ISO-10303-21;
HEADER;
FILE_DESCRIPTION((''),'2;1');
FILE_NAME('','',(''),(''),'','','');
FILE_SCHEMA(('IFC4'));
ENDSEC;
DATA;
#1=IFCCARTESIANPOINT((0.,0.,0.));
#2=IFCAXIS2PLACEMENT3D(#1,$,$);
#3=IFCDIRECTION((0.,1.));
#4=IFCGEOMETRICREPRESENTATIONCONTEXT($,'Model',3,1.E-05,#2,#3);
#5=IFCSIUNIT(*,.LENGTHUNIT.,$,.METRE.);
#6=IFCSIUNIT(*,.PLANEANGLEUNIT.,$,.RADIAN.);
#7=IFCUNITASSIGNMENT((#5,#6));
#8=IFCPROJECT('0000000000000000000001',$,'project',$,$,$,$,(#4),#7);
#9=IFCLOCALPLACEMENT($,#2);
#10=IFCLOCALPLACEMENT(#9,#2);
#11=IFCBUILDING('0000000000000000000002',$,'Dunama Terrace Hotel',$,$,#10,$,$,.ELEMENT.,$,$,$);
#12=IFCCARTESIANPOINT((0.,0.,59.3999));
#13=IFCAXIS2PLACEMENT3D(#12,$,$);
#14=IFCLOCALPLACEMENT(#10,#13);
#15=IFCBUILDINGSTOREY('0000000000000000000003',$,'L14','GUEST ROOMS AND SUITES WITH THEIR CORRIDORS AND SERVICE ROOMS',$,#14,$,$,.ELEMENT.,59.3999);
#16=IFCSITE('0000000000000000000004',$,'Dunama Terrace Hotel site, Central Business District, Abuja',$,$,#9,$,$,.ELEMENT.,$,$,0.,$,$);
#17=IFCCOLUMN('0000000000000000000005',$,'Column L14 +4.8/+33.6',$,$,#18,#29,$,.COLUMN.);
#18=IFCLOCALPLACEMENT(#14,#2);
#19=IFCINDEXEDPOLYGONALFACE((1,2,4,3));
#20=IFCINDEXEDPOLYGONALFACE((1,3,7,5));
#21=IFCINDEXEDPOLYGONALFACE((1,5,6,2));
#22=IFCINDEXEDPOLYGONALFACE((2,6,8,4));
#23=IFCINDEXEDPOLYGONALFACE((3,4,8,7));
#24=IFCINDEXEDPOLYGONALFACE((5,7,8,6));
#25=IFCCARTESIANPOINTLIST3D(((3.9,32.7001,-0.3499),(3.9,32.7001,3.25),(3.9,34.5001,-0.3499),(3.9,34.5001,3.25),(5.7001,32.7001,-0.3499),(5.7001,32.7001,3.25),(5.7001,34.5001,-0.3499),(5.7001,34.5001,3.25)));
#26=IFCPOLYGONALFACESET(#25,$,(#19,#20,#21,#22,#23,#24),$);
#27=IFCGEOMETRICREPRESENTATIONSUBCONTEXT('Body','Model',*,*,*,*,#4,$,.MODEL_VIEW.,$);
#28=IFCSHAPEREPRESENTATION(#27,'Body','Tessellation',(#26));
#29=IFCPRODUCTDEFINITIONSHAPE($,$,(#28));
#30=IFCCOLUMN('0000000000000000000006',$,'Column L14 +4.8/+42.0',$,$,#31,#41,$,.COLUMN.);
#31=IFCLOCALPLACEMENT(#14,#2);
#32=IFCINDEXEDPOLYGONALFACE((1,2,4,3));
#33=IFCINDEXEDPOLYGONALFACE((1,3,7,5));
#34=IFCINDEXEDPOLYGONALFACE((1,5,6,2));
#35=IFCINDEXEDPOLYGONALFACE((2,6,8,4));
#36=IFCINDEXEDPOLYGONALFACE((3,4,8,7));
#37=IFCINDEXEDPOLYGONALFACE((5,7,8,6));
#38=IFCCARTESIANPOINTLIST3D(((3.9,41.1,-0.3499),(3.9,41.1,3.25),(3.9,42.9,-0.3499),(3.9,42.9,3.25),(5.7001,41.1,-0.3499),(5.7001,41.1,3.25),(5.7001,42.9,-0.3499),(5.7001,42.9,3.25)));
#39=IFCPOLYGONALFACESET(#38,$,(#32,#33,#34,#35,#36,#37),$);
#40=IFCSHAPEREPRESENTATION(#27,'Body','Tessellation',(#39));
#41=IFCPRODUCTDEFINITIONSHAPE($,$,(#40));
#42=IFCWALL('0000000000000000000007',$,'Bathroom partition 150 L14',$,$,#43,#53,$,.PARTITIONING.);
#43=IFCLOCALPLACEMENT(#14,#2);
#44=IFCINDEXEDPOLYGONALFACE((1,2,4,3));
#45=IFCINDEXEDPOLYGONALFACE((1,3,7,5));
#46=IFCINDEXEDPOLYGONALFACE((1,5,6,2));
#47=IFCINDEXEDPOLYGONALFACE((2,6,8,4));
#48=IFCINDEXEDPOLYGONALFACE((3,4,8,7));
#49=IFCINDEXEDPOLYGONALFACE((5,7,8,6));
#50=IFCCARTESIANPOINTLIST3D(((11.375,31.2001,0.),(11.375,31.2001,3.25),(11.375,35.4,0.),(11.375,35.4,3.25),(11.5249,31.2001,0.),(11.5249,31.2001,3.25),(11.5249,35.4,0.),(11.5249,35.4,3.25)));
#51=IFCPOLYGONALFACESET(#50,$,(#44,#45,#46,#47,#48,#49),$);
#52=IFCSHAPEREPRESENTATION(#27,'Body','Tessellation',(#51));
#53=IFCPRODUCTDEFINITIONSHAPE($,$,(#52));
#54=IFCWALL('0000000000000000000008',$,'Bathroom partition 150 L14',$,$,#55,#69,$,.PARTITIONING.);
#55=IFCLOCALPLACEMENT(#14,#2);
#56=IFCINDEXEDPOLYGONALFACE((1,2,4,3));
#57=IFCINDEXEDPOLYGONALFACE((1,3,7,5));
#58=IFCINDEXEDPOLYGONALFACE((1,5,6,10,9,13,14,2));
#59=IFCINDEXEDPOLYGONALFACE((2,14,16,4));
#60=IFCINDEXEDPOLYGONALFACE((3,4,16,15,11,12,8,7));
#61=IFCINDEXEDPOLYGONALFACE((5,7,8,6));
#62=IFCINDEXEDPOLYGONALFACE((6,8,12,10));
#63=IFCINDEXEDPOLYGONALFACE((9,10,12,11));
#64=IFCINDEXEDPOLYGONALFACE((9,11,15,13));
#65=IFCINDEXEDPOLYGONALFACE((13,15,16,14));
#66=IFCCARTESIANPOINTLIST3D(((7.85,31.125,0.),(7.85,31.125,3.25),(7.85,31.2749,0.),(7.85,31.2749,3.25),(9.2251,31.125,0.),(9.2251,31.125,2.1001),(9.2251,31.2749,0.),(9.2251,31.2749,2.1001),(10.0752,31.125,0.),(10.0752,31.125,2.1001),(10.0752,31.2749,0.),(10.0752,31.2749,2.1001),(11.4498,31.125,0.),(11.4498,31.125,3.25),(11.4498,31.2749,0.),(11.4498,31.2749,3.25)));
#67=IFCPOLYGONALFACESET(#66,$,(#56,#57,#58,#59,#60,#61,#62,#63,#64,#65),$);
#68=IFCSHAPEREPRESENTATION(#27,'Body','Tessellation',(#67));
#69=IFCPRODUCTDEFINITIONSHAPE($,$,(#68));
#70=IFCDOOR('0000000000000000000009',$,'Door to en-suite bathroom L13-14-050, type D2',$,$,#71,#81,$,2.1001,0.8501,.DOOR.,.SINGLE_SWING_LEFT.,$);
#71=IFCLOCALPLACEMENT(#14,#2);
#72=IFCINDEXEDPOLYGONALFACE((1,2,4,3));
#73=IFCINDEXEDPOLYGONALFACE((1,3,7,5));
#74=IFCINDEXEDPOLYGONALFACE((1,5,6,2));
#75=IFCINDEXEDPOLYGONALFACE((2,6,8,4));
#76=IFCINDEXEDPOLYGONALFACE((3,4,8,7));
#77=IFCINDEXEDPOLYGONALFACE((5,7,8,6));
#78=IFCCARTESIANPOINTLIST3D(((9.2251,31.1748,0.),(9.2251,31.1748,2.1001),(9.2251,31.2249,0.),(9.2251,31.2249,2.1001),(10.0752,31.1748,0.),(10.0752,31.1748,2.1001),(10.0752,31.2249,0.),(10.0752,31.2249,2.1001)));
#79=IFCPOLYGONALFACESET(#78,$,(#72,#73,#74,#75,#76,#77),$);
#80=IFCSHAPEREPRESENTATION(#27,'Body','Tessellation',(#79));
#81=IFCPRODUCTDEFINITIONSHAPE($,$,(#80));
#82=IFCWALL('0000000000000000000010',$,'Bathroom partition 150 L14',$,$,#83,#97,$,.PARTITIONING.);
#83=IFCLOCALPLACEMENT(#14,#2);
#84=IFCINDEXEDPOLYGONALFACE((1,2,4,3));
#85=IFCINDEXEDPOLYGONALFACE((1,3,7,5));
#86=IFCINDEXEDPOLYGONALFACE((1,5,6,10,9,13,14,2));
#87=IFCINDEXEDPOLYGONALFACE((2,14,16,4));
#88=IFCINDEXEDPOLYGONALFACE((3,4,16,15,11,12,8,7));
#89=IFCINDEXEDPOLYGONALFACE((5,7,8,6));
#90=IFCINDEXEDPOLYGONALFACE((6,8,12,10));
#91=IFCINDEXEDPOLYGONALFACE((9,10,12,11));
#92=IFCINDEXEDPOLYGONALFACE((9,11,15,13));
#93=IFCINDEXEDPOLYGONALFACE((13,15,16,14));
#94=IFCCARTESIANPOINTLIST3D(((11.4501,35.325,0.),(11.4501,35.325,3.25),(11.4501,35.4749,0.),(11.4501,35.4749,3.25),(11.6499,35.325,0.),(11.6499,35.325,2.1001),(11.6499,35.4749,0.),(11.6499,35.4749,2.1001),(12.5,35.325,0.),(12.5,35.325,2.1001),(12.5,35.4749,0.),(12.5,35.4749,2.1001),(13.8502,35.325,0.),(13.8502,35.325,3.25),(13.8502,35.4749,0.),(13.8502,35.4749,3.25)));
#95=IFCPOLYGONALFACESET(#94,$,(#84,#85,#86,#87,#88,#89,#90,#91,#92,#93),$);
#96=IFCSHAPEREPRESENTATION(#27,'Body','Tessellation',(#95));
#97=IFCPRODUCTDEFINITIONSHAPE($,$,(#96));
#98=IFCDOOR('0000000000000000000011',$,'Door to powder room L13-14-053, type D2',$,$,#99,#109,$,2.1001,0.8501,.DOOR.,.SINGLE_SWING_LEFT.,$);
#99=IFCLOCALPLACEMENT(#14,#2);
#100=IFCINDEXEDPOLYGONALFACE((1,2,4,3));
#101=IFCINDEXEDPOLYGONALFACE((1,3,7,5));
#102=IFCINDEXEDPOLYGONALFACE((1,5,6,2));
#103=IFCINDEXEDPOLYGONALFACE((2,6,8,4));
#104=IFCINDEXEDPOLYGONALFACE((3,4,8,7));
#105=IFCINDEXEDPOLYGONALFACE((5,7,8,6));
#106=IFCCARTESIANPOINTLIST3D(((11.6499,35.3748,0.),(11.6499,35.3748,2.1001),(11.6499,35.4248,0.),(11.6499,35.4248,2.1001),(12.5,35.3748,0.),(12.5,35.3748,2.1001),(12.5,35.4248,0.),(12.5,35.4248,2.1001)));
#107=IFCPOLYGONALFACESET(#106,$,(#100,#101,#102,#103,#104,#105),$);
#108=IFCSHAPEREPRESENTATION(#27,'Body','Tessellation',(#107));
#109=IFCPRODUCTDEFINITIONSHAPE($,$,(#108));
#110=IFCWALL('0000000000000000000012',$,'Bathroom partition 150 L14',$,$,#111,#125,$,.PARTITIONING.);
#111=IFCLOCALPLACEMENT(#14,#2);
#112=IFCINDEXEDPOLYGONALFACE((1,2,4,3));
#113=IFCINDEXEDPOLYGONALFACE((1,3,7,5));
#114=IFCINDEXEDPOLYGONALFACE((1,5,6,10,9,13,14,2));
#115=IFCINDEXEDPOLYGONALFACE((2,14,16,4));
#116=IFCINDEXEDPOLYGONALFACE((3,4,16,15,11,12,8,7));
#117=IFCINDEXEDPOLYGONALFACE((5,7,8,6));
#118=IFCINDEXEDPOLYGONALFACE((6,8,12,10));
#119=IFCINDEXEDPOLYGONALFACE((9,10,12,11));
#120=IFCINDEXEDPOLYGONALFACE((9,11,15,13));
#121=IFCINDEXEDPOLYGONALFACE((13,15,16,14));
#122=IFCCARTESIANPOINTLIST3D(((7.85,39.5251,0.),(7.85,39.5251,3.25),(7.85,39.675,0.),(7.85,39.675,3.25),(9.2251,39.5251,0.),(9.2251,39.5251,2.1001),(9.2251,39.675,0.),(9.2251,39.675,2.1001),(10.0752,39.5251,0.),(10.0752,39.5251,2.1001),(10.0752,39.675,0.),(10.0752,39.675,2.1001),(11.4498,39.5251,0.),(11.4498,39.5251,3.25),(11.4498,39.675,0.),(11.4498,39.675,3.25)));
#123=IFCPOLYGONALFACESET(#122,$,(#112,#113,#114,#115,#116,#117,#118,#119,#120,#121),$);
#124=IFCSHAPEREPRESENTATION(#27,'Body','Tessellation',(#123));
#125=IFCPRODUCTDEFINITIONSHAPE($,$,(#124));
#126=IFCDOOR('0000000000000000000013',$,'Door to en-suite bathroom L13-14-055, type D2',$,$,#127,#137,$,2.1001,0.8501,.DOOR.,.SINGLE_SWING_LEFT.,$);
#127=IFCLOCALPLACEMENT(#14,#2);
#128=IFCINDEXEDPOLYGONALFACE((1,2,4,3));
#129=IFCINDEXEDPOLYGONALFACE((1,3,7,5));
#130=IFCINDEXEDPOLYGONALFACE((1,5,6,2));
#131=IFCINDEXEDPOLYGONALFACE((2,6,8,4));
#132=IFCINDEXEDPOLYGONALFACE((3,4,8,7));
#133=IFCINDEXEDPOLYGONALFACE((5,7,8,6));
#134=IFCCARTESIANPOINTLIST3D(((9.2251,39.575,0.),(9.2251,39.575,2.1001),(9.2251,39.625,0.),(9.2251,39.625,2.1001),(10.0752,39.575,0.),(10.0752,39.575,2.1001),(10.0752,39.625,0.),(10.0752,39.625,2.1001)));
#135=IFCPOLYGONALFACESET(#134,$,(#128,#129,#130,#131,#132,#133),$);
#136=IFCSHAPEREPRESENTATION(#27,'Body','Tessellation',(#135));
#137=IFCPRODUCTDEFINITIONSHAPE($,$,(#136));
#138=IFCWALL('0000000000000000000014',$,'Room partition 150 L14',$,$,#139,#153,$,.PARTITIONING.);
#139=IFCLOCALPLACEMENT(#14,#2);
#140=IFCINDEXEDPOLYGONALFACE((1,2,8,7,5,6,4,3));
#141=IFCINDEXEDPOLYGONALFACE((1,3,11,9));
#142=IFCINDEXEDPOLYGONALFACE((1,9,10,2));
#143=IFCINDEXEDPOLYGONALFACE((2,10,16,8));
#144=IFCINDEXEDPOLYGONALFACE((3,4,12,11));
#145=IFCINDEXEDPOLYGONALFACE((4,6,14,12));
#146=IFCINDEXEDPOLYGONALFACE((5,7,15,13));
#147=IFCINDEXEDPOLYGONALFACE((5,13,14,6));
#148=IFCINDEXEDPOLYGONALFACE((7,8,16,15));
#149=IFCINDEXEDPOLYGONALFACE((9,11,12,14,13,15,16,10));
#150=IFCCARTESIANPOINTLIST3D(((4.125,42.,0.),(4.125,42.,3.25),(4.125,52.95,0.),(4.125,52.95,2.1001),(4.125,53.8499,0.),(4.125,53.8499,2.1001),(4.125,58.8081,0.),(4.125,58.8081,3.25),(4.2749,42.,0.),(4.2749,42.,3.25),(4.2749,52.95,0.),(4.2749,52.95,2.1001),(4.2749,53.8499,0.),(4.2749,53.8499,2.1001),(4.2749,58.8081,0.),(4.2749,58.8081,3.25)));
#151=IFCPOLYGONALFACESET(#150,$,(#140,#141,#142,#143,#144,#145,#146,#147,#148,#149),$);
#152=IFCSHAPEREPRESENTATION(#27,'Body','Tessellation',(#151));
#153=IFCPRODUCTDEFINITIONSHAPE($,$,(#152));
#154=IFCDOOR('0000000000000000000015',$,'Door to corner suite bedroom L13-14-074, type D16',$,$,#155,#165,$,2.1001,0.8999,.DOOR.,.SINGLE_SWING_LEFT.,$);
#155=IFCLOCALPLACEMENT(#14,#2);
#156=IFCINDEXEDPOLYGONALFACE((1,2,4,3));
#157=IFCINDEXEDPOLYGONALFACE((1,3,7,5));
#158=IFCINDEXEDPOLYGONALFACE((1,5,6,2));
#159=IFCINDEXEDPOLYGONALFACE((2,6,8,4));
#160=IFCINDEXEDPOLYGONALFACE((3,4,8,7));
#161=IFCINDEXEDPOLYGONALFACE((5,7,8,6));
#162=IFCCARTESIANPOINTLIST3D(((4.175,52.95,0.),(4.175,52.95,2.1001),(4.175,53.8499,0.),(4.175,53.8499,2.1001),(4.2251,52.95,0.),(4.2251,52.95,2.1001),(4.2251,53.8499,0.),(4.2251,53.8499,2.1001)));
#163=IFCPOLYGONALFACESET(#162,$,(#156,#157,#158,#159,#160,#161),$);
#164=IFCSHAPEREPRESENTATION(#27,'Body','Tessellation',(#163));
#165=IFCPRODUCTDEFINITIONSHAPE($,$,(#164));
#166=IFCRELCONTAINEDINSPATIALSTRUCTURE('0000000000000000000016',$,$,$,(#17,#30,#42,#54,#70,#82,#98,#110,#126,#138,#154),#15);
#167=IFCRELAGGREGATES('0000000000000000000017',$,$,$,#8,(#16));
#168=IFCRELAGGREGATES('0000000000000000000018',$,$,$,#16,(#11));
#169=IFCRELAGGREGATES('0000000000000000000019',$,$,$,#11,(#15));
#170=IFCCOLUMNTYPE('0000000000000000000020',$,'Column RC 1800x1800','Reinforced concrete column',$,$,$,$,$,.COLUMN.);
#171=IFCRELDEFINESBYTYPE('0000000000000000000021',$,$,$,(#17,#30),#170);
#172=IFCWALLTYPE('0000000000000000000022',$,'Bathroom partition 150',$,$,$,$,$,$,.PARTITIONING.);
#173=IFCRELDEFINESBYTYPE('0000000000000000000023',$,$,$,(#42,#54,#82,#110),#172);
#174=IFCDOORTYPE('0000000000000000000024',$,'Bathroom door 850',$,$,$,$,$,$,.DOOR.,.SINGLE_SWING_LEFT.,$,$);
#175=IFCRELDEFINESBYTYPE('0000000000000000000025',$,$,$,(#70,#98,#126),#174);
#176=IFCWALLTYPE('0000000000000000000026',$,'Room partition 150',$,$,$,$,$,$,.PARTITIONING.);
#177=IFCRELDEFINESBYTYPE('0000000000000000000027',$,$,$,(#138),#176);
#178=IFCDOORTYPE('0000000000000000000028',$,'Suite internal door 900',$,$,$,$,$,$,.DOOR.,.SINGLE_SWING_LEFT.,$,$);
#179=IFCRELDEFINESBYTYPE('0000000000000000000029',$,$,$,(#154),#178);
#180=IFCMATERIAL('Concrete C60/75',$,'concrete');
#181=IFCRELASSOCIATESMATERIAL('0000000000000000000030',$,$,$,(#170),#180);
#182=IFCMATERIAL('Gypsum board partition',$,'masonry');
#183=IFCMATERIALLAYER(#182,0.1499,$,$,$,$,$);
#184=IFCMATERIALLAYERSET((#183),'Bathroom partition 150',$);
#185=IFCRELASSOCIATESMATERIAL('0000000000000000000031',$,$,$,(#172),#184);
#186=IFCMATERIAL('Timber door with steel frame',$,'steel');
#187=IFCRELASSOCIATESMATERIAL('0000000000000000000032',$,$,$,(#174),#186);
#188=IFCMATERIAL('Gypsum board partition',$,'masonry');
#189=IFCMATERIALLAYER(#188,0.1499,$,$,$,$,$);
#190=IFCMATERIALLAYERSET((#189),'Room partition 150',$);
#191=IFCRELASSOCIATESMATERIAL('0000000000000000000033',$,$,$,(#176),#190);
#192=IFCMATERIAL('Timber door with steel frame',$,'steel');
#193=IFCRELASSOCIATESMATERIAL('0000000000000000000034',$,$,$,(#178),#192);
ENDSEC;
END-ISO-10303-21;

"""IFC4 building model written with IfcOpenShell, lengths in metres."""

from ifc_helpers import new_model, si_unit, direction, frame, frame_2d, origin, origin_2d, place, context, subcontext, project, spatial, rectangle, extrude, material, layer, layer_set, material_profile, profile_set, type_object, element, fill, save


model = new_model("IFC4")

# Units and contexts
model_context = context("Model", 3, precision=1e-05, world=origin(), true_north=direction((0.0, 1.0)))
body_context = subcontext(model_context, "Body", "Model", "MODEL_VIEW")
ifc_project = project(units=[si_unit("LENGTHUNIT", "METRE"), si_unit("PLANEANGLEUNIT", "RADIAN")], contexts=[model_context])

# Site, building, storey
site_placement = place(None, origin())
site = spatial("IfcSite", under=ifc_project, at=site_placement, Name="Dunama Terrace Hotel site, Central Business District, Abuja", CompositionType="ELEMENT", RefElevation=0.0)
building_placement = place(site_placement, origin())
building = spatial("IfcBuilding", under=site, at=building_placement, Name="Dunama Terrace Hotel", CompositionType="ELEMENT")
storey_placement = place(building_placement, frame((0.0, 0.0, 59.3999)))
storey = spatial("IfcBuildingStorey", under=building, at=storey_placement, Name="L14", Description="GUEST ROOMS AND SUITES WITH THEIR CORRIDORS AND SERVICE ROOMS", CompositionType="ELEMENT", Elevation=59.3999)

# Columns
ifc_material_1 = material(Name="Concrete C60/75", Category="concrete")
ifc_material_profile = material_profile(ifc_material_1, rectangle(XDim=1.8, YDim=1.8, at=origin_2d()), Name="RC 1800x1800")
ifc_profile_set = profile_set([ifc_material_profile], Name="Concrete C60/75")
column_type = type_object("IfcColumnType", Name="Column RC 1800x1800", Description="Reinforced concrete column", PredefinedType="COLUMN", material=ifc_profile_set)
for number, where, z_axis, x_axis, name in (
    (1, (4.8, 33.6001, -0.3499), (0.0, 0.0, 1.0), (1.0, 0.0, 0.0), "Column L14 +4.8/+33.6"),
    (2, (4.8, 42.0, -0.3499), (0.0, 0.0, 1.0), (1.0, 0.0, 0.0), "Column L14 +4.8/+42.0"),
):
    element("IfcColumn", number, at=place(storey_placement, frame(where, z_axis=z_axis, x_axis=x_axis)), inside=storey, type_object=column_type, Name=name, PredefinedType="COLUMN", context=body_context, shape_type="SweptSolid", body=[
        extrude(rectangle(XDim=1.8, YDim=1.8, at=origin_2d()), origin(), (0.0, 0.0, 1.0), 3.5999),
    ])

# Wall
ifc_material_2 = material(Name="Gypsum board partition", Category="masonry")
ifc_layer_1 = layer(ifc_material_2, 0.1499)
ifc_layer_set_1 = layer_set([ifc_layer_1], Name="Bathroom partition 150")
wall_type_1 = type_object("IfcWallType", Name="Bathroom partition 150", PredefinedType="PARTITIONING", material=ifc_layer_set_1)
wall_1_placement = place(storey_placement, frame((11.45, 31.2, 0.0), z_axis=(0.0, 0.0, 1.0), x_axis=(0.0, 1.0, 0.0)))
element("IfcWall", 3, at=wall_1_placement, inside=storey, type_object=wall_type_1, Name="Bathroom partition 150 L14", PredefinedType="PARTITIONING", context=body_context, shape_type="SweptSolid", body=[
    extrude(rectangle(XDim=4.2, YDim=0.1499, at=frame_2d((2.1001, 0.0))), origin(), (0.0, 0.0, 1.0), 3.25),
])

# Walls, openings, doors
wall_2_placement = place(storey_placement, frame((7.8501, 31.2, 0.0), z_axis=(0.0, 0.0, 1.0), x_axis=(1.0, 0.0, 0.0)))
wall_2 = element("IfcWall", 4, at=wall_2_placement, inside=storey, type_object=wall_type_1, Name="Bathroom partition 150 L14", PredefinedType="PARTITIONING", context=body_context, shape_type="SweptSolid", body=[
    extrude(rectangle(XDim=3.5999, YDim=0.1499, at=frame_2d((1.7998, 0.0))), origin(), (0.0, 0.0, 1.0), 3.25),
])
opening_1_placement = place(wall_2_placement, frame((1.375, 0.0, 0.0)))
opening_1 = element("IfcOpeningElement", 5, at=opening_1_placement, cuts=wall_2, PredefinedType="OPENING", context=body_context, shape_type="SweptSolid", body=[
    extrude(rectangle(XDim=0.8501, YDim=2.1001, at=frame_2d((0.425, 1.05))), frame((0.0, 0.085, 0.0), z_axis=(0.0, -1.0, 0.0), x_axis=(1.0, 0.0, 0.0)), (0.0, 0.0, 1.0), 0.1699),
])
ifc_material_3 = material(Name="Timber door with steel frame", Category="steel")
door_type_1 = type_object("IfcDoorType", Name="Bathroom door 850", OperationType="SINGLE_SWING_LEFT", PredefinedType="DOOR", material=ifc_material_3)
door_1_placement = place(opening_1_placement, origin())
door_1 = element("IfcDoor", 6, at=door_1_placement, inside=storey, type_object=door_type_1, Name="Door to en-suite bathroom L13-14-050, type D2", OperationType="SINGLE_SWING_LEFT", OverallHeight=2.1001, OverallWidth=0.8501, PredefinedType="DOOR", context=body_context, shape_type="SweptSolid", body=[
    extrude(rectangle(XDim=0.8501, YDim=2.1001, at=frame_2d((0.425, 1.05))), frame((0.0, 0.0249, 0.0), z_axis=(0.0, -1.0, 0.0), x_axis=(1.0, 0.0, 0.0)), (0.0, 0.0, 1.0), 0.05),
])
fill(opening_1, door_1)
wall_3_placement = place(storey_placement, frame((11.45, 35.3999, 0.0), z_axis=(0.0, 0.0, 1.0), x_axis=(1.0, 0.0, 0.0)))
wall_3 = element("IfcWall", 7, at=wall_3_placement, inside=storey, type_object=wall_type_1, Name="Bathroom partition 150 L14", PredefinedType="PARTITIONING", context=body_context, shape_type="SweptSolid", body=[
    extrude(rectangle(XDim=2.4001, YDim=0.1499, at=frame_2d((1.2002, 0.0))), origin(), (0.0, 0.0, 1.0), 3.25),
])
opening_2_placement = place(wall_3_placement, frame((0.2, 0.0, 0.0)))
opening_2 = element("IfcOpeningElement", 8, at=opening_2_placement, cuts=wall_3, PredefinedType="OPENING", context=body_context, shape_type="SweptSolid", body=[
    extrude(rectangle(XDim=0.8501, YDim=2.1001, at=frame_2d((0.425, 1.05))), frame((0.0, 0.085, 0.0), z_axis=(0.0, -1.0, 0.0), x_axis=(1.0, 0.0, 0.0)), (0.0, 0.0, 1.0), 0.1699),
])
door_2_placement = place(opening_2_placement, frame((0.8501, 0.0, 0.0), z_axis=(0.0, 0.0, 1.0), x_axis=(-1.0, 0.0, 0.0)))
door_2 = element("IfcDoor", 9, at=door_2_placement, inside=storey, type_object=door_type_1, Name="Door to powder room L13-14-053, type D2", OperationType="SINGLE_SWING_LEFT", OverallHeight=2.1001, OverallWidth=0.8501, PredefinedType="DOOR", context=body_context, shape_type="SweptSolid", body=[
    extrude(rectangle(XDim=0.8501, YDim=2.1001, at=frame_2d((0.425, 1.05))), frame((0.0, 0.0251, 0.0), z_axis=(0.0, -1.0, 0.0), x_axis=(1.0, 0.0, 0.0)), (0.0, 0.0, 1.0), 0.05),
])
fill(opening_2, door_2)
wall_4_placement = place(storey_placement, frame((7.8501, 39.6001, 0.0), z_axis=(0.0, 0.0, 1.0), x_axis=(1.0, 0.0, 0.0)))
wall_4 = element("IfcWall", 10, at=wall_4_placement, inside=storey, type_object=wall_type_1, Name="Bathroom partition 150 L14", PredefinedType="PARTITIONING", context=body_context, shape_type="SweptSolid", body=[
    extrude(rectangle(XDim=3.5999, YDim=0.1499, at=frame_2d((1.7998, 0.0))), origin(), (0.0, 0.0, 1.0), 3.25),
])
opening_3_placement = place(wall_4_placement, frame((1.375, 0.0, 0.0)))
opening_3 = element("IfcOpeningElement", 11, at=opening_3_placement, cuts=wall_4, PredefinedType="OPENING", context=body_context, shape_type="SweptSolid", body=[
    extrude(rectangle(XDim=0.8501, YDim=2.1001, at=frame_2d((0.425, 1.05))), frame((0.0, 0.085, 0.0), z_axis=(0.0, -1.0, 0.0), x_axis=(1.0, 0.0, 0.0)), (0.0, 0.0, 1.0), 0.1699),
])
door_3_placement = place(opening_3_placement, origin())
door_3 = element("IfcDoor", 12, at=door_3_placement, inside=storey, type_object=door_type_1, Name="Door to en-suite bathroom L13-14-055, type D2", OperationType="SINGLE_SWING_LEFT", OverallHeight=2.1001, OverallWidth=0.8501, PredefinedType="DOOR", context=body_context, shape_type="SweptSolid", body=[
    extrude(rectangle(XDim=0.8501, YDim=2.1001, at=frame_2d((0.425, 1.05))), frame((0.0, 0.0249, 0.0), z_axis=(0.0, -1.0, 0.0), x_axis=(1.0, 0.0, 0.0)), (0.0, 0.0, 1.0), 0.05),
])
fill(opening_3, door_3)
ifc_material_4 = material(Name="Gypsum board partition", Category="masonry")
ifc_layer_2 = layer(ifc_material_4, 0.1499)
ifc_layer_set_2 = layer_set([ifc_layer_2], Name="Room partition 150")
wall_type_2 = type_object("IfcWallType", Name="Room partition 150", PredefinedType="PARTITIONING", material=ifc_layer_set_2)
wall_5_placement = place(storey_placement, frame((4.2, 42.0, 0.0), z_axis=(0.0, 0.0, 1.0), x_axis=(0.0, 1.0, 0.0)))
wall_5 = element("IfcWall", 13, at=wall_5_placement, inside=storey, type_object=wall_type_2, Name="Room partition 150 L14", PredefinedType="PARTITIONING", context=body_context, shape_type="SweptSolid", body=[
    extrude(rectangle(XDim=16.8081, YDim=0.1499, at=frame_2d((8.4041, 0.0))), origin(), (0.0, 0.0, 1.0), 3.25),
])
opening_4_placement = place(wall_5_placement, frame((10.95, 0.0, 0.0)))
opening_4 = element("IfcOpeningElement", 14, at=opening_4_placement, cuts=wall_5, PredefinedType="OPENING", context=body_context, shape_type="SweptSolid", body=[
    extrude(rectangle(XDim=0.8999, YDim=2.1001, at=frame_2d((0.45, 1.05))), frame((0.0, 0.085, 0.0), z_axis=(0.0, -1.0, 0.0), x_axis=(1.0, 0.0, 0.0)), (0.0, 0.0, 1.0), 0.1699),
])
ifc_material_5 = material(Name="Timber door with steel frame", Category="steel")
door_type_2 = type_object("IfcDoorType", Name="Suite internal door 900", OperationType="SINGLE_SWING_LEFT", PredefinedType="DOOR", material=ifc_material_5)
door_4_placement = place(opening_4_placement, origin())
door_4 = element("IfcDoor", 15, at=door_4_placement, inside=storey, type_object=door_type_2, Name="Door to corner suite bedroom L13-14-074, type D16", OperationType="SINGLE_SWING_LEFT", OverallHeight=2.1001, OverallWidth=0.8999, PredefinedType="DOOR", context=body_context, shape_type="SweptSolid", body=[
    extrude(rectangle(XDim=0.8999, YDim=2.1001, at=frame_2d((0.45, 1.05))), frame((0.0, 0.0249, 0.0), z_axis=(0.0, -1.0, 0.0), x_axis=(1.0, 0.0, 0.0)), (0.0, 0.0, 1.0), 0.05),
])
fill(opening_4, door_4)

save(model, "model.ifc")
